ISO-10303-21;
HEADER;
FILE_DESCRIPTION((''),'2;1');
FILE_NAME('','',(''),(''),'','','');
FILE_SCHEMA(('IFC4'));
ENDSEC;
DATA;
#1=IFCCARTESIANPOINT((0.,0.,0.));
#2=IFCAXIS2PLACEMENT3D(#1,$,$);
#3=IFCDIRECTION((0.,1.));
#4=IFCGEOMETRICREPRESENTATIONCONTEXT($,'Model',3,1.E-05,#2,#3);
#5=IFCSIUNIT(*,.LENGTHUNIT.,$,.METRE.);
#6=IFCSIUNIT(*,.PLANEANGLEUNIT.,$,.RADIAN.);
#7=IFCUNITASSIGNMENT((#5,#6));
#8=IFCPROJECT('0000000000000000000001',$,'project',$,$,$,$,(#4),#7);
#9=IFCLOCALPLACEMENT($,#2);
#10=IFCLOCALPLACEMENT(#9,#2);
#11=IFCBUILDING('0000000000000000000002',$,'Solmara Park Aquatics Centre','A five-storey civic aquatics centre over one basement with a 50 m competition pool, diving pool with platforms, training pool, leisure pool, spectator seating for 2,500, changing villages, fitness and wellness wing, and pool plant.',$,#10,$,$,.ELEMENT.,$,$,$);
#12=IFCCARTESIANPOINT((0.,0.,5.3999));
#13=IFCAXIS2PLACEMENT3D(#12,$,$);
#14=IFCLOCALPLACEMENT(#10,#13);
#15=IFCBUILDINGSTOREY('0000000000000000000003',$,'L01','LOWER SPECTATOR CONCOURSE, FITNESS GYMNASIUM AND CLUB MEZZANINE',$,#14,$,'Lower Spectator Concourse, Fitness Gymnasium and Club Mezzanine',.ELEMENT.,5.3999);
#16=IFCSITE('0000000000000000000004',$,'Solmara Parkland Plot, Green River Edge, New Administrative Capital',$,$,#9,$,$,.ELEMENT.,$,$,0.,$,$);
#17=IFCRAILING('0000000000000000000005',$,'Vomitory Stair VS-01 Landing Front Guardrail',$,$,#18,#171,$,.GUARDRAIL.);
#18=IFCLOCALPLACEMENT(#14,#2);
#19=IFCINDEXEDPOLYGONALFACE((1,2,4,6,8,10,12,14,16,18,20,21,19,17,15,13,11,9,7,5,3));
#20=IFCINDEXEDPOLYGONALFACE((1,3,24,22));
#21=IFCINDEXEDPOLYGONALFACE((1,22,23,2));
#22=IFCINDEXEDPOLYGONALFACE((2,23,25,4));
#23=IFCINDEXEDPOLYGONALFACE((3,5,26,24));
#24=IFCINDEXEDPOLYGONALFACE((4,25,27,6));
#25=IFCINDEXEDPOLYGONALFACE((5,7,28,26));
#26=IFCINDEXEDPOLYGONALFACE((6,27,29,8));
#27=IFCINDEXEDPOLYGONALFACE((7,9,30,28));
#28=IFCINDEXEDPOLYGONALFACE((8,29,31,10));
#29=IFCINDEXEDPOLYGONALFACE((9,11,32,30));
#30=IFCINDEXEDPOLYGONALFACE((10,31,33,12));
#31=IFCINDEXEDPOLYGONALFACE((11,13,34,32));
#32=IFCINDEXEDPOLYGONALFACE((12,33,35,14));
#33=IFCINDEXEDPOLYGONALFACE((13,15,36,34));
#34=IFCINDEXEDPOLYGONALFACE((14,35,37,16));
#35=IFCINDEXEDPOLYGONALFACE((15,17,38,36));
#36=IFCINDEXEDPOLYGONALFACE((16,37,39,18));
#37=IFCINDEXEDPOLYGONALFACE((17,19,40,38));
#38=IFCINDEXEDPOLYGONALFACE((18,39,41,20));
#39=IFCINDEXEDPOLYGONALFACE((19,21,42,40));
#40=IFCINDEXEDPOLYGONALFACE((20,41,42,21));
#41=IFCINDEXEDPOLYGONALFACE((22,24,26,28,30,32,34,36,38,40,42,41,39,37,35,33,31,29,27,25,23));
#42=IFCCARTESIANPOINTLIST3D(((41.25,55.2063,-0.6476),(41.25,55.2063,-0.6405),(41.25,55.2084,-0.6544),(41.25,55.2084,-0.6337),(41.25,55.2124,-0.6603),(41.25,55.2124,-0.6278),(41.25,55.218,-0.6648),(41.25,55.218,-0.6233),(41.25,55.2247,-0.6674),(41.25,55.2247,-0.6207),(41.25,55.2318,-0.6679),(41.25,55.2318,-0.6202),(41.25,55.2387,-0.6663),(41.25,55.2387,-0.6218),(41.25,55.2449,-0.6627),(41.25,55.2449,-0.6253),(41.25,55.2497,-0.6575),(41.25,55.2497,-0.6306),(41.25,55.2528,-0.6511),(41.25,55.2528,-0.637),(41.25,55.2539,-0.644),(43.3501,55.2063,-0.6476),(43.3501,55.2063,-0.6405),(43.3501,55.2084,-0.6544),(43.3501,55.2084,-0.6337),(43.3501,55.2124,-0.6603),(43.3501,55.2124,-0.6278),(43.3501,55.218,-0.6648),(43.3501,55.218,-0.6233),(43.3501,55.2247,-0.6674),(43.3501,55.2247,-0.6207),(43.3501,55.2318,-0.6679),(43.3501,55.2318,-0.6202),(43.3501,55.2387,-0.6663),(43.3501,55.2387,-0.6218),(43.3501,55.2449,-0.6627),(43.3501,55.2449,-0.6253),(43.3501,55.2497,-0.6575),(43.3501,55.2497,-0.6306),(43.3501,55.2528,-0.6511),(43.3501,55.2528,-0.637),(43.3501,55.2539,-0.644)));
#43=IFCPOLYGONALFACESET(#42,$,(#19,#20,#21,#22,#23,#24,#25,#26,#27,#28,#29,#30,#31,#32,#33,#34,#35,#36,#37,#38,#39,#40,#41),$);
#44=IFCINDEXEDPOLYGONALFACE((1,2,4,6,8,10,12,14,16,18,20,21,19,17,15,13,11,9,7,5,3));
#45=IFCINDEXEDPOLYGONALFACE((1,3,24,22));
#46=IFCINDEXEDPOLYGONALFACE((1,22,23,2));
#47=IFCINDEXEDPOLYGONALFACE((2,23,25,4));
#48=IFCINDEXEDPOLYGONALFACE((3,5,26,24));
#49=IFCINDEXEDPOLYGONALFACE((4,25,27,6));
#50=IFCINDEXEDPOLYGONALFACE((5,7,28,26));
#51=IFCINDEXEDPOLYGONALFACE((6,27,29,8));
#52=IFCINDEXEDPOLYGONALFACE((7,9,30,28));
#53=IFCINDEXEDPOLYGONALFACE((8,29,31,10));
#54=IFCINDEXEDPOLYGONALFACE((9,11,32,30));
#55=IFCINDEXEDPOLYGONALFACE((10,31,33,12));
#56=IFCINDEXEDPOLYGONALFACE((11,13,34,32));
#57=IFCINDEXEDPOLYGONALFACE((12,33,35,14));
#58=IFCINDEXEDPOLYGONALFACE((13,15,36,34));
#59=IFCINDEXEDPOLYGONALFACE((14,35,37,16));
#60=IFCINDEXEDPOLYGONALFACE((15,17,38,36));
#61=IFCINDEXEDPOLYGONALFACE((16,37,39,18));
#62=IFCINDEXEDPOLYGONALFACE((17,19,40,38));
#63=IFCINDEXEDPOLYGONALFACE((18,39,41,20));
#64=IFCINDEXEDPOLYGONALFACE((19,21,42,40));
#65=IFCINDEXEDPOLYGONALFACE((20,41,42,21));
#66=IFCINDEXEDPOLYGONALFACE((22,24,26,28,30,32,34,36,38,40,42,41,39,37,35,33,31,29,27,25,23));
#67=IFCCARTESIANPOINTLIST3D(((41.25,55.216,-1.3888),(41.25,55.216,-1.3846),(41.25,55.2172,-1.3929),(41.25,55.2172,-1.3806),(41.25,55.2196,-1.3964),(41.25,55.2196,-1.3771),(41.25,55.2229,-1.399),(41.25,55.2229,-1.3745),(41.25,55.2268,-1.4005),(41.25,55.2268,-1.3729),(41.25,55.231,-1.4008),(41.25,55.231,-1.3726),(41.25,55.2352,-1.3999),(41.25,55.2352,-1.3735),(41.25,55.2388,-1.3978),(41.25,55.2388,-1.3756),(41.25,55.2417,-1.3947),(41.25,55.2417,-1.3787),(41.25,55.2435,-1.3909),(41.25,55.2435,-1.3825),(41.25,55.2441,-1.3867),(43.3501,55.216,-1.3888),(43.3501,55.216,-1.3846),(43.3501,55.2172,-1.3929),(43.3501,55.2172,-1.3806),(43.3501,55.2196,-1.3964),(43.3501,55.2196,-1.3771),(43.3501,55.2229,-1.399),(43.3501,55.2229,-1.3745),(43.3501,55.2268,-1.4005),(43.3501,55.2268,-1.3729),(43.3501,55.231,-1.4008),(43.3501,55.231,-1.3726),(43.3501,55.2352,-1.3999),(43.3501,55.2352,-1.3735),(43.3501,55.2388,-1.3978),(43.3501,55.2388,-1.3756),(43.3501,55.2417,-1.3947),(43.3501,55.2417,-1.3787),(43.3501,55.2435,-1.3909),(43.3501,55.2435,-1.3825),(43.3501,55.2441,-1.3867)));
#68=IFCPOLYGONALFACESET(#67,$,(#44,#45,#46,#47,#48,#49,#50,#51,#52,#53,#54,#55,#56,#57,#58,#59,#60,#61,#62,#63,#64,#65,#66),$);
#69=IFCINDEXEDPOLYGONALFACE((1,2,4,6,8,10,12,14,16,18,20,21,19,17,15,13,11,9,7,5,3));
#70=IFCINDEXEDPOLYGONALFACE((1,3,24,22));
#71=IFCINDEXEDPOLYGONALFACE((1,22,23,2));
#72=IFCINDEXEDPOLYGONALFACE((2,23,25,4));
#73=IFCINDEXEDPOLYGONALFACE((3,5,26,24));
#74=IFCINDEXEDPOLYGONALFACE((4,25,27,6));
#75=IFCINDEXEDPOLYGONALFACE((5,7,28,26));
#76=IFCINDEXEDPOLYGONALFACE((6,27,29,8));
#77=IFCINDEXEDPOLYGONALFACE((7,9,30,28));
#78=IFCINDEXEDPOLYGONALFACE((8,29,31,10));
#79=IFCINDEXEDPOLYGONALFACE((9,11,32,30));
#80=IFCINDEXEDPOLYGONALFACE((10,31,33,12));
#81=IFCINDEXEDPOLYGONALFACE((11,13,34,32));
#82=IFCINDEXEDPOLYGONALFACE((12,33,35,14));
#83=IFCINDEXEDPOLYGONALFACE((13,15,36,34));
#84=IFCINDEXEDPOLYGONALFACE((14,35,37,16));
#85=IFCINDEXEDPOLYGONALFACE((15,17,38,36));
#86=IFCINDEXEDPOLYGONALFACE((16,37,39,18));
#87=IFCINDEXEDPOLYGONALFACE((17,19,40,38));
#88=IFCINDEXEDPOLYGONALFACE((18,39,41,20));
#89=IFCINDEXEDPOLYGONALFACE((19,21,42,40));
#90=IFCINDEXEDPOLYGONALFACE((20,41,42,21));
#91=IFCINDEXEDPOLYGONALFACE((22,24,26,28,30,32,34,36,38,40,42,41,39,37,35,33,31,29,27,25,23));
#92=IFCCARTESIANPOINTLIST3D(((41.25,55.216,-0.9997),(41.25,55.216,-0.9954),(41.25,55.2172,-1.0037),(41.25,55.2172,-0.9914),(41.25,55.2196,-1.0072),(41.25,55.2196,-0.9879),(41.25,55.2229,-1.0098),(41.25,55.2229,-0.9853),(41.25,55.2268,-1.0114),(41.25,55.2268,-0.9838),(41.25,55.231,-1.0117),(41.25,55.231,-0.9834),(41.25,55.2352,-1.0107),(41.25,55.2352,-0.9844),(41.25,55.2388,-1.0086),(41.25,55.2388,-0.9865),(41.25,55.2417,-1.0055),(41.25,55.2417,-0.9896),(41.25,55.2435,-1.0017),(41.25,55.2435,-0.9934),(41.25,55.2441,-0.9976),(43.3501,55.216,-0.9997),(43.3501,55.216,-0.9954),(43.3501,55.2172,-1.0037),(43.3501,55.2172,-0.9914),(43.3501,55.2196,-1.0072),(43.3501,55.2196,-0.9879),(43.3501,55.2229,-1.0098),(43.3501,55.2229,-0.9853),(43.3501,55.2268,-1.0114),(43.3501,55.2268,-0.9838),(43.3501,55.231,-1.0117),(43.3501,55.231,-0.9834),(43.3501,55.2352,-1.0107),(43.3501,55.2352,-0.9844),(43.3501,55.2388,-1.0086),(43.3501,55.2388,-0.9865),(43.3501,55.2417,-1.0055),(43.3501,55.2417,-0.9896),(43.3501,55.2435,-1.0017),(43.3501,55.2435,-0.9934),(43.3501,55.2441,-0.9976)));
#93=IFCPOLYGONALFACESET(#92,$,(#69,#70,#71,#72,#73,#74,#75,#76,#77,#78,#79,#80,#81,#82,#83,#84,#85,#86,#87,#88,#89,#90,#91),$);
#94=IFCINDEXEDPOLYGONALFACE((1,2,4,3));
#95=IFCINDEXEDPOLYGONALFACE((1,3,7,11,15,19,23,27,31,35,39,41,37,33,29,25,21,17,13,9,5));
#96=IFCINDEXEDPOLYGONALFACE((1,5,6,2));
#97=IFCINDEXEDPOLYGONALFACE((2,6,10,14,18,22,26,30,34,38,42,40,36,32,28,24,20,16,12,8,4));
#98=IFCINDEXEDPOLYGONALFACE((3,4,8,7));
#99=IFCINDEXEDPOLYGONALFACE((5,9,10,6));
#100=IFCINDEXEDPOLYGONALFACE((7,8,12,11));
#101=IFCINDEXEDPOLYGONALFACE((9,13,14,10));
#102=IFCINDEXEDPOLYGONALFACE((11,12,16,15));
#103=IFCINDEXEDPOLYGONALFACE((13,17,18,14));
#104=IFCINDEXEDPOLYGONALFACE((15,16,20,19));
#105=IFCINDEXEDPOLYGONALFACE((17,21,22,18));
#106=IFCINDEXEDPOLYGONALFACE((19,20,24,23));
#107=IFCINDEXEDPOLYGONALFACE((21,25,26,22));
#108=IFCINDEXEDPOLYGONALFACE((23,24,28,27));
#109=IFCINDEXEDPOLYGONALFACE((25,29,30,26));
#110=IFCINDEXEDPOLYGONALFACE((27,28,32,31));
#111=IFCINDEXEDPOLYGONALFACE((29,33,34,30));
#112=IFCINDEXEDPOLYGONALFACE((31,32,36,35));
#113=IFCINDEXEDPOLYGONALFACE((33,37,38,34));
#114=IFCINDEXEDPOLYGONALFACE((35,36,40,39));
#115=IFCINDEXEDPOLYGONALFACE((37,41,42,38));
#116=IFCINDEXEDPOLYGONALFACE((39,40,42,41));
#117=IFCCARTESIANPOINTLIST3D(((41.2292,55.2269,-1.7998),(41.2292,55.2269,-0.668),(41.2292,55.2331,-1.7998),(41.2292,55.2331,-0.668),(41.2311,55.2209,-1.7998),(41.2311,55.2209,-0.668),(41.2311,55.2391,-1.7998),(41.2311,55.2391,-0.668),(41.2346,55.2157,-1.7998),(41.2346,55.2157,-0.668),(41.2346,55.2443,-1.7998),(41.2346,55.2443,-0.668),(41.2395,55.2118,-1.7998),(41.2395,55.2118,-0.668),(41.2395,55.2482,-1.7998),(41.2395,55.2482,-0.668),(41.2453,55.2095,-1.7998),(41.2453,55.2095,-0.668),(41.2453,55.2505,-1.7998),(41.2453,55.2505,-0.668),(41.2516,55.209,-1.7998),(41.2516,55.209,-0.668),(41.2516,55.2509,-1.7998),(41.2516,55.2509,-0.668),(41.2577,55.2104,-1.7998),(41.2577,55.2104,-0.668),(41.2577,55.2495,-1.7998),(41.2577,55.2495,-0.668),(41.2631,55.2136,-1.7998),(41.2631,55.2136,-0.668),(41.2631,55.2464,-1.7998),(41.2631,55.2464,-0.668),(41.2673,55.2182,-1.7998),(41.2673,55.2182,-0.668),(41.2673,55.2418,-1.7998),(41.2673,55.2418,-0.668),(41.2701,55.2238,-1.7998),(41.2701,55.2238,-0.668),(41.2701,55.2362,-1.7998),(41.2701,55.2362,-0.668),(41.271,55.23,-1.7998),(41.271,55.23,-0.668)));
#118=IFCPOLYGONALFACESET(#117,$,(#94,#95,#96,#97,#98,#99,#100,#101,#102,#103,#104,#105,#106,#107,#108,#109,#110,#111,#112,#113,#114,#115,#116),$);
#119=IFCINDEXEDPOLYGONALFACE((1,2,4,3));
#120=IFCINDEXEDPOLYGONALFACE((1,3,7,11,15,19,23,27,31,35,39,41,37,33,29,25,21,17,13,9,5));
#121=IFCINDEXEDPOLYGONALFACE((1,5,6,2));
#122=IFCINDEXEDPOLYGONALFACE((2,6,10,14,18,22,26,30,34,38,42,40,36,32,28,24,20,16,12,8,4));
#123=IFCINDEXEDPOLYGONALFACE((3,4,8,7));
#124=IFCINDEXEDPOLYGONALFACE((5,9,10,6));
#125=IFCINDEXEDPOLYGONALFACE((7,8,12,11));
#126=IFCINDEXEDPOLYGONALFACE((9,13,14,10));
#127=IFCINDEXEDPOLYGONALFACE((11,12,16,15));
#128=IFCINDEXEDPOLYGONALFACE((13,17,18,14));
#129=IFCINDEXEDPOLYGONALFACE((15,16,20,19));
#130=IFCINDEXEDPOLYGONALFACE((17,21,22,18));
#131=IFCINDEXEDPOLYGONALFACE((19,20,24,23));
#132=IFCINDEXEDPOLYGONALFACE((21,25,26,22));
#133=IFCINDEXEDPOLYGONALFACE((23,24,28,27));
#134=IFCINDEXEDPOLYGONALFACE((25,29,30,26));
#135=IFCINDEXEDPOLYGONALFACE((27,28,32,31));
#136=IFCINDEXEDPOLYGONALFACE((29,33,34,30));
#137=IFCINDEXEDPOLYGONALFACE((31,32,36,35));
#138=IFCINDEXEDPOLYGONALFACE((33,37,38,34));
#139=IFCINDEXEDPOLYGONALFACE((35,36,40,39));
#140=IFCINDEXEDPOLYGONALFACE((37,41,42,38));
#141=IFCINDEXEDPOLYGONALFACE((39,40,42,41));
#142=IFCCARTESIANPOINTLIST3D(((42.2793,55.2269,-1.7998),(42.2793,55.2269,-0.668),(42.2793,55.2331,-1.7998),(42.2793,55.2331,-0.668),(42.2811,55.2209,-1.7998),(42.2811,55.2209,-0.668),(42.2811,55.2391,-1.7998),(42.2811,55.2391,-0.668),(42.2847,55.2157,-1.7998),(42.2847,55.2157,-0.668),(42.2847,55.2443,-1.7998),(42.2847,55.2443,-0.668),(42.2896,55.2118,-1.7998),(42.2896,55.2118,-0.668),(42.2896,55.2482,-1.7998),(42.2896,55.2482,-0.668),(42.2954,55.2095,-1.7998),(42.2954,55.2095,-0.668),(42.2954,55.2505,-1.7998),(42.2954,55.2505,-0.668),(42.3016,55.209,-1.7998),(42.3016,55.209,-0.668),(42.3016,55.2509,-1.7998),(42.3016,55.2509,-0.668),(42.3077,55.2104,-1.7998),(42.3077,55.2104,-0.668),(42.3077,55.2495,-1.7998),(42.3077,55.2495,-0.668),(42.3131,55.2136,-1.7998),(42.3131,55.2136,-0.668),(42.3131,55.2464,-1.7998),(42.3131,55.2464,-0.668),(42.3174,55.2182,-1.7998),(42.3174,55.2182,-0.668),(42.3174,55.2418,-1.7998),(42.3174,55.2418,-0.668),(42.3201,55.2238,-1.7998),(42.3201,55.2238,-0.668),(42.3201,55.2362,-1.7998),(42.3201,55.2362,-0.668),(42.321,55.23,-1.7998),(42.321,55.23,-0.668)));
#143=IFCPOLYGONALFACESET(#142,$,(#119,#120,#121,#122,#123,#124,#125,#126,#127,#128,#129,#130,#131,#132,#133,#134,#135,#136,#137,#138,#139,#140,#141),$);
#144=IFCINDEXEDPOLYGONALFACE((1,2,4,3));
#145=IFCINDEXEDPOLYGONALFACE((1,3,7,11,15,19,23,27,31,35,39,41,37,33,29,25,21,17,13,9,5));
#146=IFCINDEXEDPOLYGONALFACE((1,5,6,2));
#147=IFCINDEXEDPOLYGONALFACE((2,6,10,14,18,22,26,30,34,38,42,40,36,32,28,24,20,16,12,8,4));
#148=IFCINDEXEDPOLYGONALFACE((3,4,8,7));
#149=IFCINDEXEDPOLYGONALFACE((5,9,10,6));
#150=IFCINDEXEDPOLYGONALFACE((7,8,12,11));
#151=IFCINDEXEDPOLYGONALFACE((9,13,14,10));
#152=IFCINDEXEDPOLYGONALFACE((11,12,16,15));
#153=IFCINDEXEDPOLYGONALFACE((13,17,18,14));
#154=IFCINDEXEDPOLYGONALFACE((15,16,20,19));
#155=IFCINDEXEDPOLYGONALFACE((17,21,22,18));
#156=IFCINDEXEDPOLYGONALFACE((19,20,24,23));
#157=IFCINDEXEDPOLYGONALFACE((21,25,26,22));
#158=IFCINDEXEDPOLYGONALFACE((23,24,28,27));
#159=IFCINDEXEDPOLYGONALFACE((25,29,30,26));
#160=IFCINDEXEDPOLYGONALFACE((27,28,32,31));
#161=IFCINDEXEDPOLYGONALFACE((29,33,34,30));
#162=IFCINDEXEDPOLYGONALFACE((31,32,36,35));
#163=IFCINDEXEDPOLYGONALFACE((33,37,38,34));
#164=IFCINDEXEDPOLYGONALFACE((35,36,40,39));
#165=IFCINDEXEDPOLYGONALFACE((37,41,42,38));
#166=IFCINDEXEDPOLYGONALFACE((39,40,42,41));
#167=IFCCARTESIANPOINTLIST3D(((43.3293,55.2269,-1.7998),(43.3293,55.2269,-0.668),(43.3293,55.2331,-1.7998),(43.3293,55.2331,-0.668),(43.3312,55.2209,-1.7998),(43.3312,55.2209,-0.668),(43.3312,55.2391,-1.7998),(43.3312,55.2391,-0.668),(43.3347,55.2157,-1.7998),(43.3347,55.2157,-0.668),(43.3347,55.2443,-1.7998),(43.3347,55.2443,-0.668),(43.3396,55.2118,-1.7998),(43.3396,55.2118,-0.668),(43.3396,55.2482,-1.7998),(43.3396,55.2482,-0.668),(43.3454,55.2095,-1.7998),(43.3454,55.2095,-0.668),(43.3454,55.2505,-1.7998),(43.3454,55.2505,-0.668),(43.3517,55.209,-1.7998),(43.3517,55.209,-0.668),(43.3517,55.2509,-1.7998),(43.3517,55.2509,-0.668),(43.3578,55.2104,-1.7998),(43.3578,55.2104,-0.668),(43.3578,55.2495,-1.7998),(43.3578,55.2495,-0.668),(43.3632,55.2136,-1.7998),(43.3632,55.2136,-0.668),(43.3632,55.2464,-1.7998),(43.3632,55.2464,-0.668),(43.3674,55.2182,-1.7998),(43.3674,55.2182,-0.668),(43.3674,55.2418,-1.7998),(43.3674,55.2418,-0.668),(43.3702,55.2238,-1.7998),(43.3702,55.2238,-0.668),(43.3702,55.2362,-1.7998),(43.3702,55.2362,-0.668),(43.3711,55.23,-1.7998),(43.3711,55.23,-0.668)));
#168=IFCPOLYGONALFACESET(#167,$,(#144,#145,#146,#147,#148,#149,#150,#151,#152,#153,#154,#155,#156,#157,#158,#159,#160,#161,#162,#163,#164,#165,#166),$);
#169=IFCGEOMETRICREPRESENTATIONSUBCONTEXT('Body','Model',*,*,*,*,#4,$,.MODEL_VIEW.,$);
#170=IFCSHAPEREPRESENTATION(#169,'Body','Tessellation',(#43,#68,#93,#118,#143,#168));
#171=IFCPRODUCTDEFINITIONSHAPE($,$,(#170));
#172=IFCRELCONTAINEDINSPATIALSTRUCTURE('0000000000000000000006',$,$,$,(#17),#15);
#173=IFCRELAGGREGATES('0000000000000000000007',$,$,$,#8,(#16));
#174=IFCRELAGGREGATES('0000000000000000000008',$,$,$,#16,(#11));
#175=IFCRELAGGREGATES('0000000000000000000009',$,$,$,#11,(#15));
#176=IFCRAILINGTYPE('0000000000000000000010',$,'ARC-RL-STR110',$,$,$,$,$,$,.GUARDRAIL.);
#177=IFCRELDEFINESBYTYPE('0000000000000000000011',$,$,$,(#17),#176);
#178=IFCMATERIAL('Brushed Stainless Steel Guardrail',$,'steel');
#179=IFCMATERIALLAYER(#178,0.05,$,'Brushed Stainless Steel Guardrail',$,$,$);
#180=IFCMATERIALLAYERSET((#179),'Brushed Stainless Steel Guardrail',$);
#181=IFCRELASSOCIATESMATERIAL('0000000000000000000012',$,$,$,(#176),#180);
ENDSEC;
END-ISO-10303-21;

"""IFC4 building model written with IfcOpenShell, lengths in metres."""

from ifc_helpers import new_model, si_unit, direction, frame, origin, origin_2d, place, context, subcontext, project, spatial, circle, extrude, material, layer, layer_set, type_object, element, save


model = new_model("IFC4")

# Units and contexts
model_context = context("Model", 3, precision=1e-05, world=origin(), true_north=direction((0.0, 1.0)))
body_context = subcontext(model_context, "Body", "Model", "MODEL_VIEW")
ifc_project = project(units=[si_unit("LENGTHUNIT", "METRE"), si_unit("PLANEANGLEUNIT", "RADIAN")], contexts=[model_context])

# Site, building, storey
site_placement = place(None, origin())
site = spatial("IfcSite", under=ifc_project, at=site_placement, Name="Solmara Parkland Plot, Green River Edge, New Administrative Capital", CompositionType="ELEMENT", RefElevation=0.0)
building_placement = place(site_placement, origin())
building = spatial("IfcBuilding", under=site, at=building_placement, Name="Solmara Park Aquatics Centre", Description="A five-storey civic aquatics centre over one basement with a 50 m competition pool, diving pool with platforms, training pool, leisure pool, spectator seating for 2,500, changing villages, fitness and wellness wing, and pool plant.", CompositionType="ELEMENT")
storey_placement = place(building_placement, frame((0.0, 0.0, 5.3999)))
storey = spatial("IfcBuildingStorey", under=building, at=storey_placement, Name="L01", Description="LOWER SPECTATOR CONCOURSE, FITNESS GYMNASIUM AND CLUB MEZZANINE", LongName="Lower Spectator Concourse, Fitness Gymnasium and Club Mezzanine", CompositionType="ELEMENT", Elevation=5.3999)

# Railing
ifc_material_1 = material(Name="Brushed Stainless Steel Guardrail", Category="steel")
ifc_layer_1 = layer(ifc_material_1, 0.05, Name="Brushed Stainless Steel Guardrail")
ifc_layer_set_1 = layer_set([ifc_layer_1], Name="Brushed Stainless Steel Guardrail")
railing_type_1 = type_object("IfcRailingType", Name="ARC-RL-STR110", PredefinedType="GUARDRAIL", material=ifc_layer_set_1)
railing_1_placement = place(storey_placement, frame((41.25, 55.23, -1.7998)))
element("IfcRailing", 1, at=railing_1_placement, inside=storey, type_object=railing_type_1, Name="Vomitory Stair VS-01 Landing Front Guardrail", PredefinedType="GUARDRAIL", context=body_context, shape_type="SweptSolid", body=[
    extrude(circle(Radius=0.0239, at=origin_2d()), frame((0.0, 0.0, 1.1558), z_axis=(1.0, 0.0, 0.0), x_axis=(0.0, 1.0, 0.0)), (0.0, 0.0, 1.0), 2.1001),
    extrude(circle(Radius=0.0142, at=origin_2d()), frame((0.0, 0.0, 0.4131), z_axis=(1.0, 0.0, 0.0), x_axis=(0.0, 1.0, 0.0)), (0.0, 0.0, 1.0), 2.1001),
    extrude(circle(Radius=0.0142, at=origin_2d()), frame((0.0, 0.0, 0.8022), z_axis=(1.0, 0.0, 0.0), x_axis=(0.0, 1.0, 0.0)), (0.0, 0.0, 1.0), 2.1001),
    extrude(circle(Radius=0.021, at=origin_2d()), origin(), (0.0, 0.0, 1.0), 1.1318),
    extrude(circle(Radius=0.021, at=origin_2d()), frame((1.05, 0.0, 0.0)), (0.0, 0.0, 1.0), 1.1318),
    extrude(circle(Radius=0.021, at=origin_2d()), frame((2.1001, 0.0, 0.0)), (0.0, 0.0, 1.0), 1.1318),
])

save(model, "model.ifc")
